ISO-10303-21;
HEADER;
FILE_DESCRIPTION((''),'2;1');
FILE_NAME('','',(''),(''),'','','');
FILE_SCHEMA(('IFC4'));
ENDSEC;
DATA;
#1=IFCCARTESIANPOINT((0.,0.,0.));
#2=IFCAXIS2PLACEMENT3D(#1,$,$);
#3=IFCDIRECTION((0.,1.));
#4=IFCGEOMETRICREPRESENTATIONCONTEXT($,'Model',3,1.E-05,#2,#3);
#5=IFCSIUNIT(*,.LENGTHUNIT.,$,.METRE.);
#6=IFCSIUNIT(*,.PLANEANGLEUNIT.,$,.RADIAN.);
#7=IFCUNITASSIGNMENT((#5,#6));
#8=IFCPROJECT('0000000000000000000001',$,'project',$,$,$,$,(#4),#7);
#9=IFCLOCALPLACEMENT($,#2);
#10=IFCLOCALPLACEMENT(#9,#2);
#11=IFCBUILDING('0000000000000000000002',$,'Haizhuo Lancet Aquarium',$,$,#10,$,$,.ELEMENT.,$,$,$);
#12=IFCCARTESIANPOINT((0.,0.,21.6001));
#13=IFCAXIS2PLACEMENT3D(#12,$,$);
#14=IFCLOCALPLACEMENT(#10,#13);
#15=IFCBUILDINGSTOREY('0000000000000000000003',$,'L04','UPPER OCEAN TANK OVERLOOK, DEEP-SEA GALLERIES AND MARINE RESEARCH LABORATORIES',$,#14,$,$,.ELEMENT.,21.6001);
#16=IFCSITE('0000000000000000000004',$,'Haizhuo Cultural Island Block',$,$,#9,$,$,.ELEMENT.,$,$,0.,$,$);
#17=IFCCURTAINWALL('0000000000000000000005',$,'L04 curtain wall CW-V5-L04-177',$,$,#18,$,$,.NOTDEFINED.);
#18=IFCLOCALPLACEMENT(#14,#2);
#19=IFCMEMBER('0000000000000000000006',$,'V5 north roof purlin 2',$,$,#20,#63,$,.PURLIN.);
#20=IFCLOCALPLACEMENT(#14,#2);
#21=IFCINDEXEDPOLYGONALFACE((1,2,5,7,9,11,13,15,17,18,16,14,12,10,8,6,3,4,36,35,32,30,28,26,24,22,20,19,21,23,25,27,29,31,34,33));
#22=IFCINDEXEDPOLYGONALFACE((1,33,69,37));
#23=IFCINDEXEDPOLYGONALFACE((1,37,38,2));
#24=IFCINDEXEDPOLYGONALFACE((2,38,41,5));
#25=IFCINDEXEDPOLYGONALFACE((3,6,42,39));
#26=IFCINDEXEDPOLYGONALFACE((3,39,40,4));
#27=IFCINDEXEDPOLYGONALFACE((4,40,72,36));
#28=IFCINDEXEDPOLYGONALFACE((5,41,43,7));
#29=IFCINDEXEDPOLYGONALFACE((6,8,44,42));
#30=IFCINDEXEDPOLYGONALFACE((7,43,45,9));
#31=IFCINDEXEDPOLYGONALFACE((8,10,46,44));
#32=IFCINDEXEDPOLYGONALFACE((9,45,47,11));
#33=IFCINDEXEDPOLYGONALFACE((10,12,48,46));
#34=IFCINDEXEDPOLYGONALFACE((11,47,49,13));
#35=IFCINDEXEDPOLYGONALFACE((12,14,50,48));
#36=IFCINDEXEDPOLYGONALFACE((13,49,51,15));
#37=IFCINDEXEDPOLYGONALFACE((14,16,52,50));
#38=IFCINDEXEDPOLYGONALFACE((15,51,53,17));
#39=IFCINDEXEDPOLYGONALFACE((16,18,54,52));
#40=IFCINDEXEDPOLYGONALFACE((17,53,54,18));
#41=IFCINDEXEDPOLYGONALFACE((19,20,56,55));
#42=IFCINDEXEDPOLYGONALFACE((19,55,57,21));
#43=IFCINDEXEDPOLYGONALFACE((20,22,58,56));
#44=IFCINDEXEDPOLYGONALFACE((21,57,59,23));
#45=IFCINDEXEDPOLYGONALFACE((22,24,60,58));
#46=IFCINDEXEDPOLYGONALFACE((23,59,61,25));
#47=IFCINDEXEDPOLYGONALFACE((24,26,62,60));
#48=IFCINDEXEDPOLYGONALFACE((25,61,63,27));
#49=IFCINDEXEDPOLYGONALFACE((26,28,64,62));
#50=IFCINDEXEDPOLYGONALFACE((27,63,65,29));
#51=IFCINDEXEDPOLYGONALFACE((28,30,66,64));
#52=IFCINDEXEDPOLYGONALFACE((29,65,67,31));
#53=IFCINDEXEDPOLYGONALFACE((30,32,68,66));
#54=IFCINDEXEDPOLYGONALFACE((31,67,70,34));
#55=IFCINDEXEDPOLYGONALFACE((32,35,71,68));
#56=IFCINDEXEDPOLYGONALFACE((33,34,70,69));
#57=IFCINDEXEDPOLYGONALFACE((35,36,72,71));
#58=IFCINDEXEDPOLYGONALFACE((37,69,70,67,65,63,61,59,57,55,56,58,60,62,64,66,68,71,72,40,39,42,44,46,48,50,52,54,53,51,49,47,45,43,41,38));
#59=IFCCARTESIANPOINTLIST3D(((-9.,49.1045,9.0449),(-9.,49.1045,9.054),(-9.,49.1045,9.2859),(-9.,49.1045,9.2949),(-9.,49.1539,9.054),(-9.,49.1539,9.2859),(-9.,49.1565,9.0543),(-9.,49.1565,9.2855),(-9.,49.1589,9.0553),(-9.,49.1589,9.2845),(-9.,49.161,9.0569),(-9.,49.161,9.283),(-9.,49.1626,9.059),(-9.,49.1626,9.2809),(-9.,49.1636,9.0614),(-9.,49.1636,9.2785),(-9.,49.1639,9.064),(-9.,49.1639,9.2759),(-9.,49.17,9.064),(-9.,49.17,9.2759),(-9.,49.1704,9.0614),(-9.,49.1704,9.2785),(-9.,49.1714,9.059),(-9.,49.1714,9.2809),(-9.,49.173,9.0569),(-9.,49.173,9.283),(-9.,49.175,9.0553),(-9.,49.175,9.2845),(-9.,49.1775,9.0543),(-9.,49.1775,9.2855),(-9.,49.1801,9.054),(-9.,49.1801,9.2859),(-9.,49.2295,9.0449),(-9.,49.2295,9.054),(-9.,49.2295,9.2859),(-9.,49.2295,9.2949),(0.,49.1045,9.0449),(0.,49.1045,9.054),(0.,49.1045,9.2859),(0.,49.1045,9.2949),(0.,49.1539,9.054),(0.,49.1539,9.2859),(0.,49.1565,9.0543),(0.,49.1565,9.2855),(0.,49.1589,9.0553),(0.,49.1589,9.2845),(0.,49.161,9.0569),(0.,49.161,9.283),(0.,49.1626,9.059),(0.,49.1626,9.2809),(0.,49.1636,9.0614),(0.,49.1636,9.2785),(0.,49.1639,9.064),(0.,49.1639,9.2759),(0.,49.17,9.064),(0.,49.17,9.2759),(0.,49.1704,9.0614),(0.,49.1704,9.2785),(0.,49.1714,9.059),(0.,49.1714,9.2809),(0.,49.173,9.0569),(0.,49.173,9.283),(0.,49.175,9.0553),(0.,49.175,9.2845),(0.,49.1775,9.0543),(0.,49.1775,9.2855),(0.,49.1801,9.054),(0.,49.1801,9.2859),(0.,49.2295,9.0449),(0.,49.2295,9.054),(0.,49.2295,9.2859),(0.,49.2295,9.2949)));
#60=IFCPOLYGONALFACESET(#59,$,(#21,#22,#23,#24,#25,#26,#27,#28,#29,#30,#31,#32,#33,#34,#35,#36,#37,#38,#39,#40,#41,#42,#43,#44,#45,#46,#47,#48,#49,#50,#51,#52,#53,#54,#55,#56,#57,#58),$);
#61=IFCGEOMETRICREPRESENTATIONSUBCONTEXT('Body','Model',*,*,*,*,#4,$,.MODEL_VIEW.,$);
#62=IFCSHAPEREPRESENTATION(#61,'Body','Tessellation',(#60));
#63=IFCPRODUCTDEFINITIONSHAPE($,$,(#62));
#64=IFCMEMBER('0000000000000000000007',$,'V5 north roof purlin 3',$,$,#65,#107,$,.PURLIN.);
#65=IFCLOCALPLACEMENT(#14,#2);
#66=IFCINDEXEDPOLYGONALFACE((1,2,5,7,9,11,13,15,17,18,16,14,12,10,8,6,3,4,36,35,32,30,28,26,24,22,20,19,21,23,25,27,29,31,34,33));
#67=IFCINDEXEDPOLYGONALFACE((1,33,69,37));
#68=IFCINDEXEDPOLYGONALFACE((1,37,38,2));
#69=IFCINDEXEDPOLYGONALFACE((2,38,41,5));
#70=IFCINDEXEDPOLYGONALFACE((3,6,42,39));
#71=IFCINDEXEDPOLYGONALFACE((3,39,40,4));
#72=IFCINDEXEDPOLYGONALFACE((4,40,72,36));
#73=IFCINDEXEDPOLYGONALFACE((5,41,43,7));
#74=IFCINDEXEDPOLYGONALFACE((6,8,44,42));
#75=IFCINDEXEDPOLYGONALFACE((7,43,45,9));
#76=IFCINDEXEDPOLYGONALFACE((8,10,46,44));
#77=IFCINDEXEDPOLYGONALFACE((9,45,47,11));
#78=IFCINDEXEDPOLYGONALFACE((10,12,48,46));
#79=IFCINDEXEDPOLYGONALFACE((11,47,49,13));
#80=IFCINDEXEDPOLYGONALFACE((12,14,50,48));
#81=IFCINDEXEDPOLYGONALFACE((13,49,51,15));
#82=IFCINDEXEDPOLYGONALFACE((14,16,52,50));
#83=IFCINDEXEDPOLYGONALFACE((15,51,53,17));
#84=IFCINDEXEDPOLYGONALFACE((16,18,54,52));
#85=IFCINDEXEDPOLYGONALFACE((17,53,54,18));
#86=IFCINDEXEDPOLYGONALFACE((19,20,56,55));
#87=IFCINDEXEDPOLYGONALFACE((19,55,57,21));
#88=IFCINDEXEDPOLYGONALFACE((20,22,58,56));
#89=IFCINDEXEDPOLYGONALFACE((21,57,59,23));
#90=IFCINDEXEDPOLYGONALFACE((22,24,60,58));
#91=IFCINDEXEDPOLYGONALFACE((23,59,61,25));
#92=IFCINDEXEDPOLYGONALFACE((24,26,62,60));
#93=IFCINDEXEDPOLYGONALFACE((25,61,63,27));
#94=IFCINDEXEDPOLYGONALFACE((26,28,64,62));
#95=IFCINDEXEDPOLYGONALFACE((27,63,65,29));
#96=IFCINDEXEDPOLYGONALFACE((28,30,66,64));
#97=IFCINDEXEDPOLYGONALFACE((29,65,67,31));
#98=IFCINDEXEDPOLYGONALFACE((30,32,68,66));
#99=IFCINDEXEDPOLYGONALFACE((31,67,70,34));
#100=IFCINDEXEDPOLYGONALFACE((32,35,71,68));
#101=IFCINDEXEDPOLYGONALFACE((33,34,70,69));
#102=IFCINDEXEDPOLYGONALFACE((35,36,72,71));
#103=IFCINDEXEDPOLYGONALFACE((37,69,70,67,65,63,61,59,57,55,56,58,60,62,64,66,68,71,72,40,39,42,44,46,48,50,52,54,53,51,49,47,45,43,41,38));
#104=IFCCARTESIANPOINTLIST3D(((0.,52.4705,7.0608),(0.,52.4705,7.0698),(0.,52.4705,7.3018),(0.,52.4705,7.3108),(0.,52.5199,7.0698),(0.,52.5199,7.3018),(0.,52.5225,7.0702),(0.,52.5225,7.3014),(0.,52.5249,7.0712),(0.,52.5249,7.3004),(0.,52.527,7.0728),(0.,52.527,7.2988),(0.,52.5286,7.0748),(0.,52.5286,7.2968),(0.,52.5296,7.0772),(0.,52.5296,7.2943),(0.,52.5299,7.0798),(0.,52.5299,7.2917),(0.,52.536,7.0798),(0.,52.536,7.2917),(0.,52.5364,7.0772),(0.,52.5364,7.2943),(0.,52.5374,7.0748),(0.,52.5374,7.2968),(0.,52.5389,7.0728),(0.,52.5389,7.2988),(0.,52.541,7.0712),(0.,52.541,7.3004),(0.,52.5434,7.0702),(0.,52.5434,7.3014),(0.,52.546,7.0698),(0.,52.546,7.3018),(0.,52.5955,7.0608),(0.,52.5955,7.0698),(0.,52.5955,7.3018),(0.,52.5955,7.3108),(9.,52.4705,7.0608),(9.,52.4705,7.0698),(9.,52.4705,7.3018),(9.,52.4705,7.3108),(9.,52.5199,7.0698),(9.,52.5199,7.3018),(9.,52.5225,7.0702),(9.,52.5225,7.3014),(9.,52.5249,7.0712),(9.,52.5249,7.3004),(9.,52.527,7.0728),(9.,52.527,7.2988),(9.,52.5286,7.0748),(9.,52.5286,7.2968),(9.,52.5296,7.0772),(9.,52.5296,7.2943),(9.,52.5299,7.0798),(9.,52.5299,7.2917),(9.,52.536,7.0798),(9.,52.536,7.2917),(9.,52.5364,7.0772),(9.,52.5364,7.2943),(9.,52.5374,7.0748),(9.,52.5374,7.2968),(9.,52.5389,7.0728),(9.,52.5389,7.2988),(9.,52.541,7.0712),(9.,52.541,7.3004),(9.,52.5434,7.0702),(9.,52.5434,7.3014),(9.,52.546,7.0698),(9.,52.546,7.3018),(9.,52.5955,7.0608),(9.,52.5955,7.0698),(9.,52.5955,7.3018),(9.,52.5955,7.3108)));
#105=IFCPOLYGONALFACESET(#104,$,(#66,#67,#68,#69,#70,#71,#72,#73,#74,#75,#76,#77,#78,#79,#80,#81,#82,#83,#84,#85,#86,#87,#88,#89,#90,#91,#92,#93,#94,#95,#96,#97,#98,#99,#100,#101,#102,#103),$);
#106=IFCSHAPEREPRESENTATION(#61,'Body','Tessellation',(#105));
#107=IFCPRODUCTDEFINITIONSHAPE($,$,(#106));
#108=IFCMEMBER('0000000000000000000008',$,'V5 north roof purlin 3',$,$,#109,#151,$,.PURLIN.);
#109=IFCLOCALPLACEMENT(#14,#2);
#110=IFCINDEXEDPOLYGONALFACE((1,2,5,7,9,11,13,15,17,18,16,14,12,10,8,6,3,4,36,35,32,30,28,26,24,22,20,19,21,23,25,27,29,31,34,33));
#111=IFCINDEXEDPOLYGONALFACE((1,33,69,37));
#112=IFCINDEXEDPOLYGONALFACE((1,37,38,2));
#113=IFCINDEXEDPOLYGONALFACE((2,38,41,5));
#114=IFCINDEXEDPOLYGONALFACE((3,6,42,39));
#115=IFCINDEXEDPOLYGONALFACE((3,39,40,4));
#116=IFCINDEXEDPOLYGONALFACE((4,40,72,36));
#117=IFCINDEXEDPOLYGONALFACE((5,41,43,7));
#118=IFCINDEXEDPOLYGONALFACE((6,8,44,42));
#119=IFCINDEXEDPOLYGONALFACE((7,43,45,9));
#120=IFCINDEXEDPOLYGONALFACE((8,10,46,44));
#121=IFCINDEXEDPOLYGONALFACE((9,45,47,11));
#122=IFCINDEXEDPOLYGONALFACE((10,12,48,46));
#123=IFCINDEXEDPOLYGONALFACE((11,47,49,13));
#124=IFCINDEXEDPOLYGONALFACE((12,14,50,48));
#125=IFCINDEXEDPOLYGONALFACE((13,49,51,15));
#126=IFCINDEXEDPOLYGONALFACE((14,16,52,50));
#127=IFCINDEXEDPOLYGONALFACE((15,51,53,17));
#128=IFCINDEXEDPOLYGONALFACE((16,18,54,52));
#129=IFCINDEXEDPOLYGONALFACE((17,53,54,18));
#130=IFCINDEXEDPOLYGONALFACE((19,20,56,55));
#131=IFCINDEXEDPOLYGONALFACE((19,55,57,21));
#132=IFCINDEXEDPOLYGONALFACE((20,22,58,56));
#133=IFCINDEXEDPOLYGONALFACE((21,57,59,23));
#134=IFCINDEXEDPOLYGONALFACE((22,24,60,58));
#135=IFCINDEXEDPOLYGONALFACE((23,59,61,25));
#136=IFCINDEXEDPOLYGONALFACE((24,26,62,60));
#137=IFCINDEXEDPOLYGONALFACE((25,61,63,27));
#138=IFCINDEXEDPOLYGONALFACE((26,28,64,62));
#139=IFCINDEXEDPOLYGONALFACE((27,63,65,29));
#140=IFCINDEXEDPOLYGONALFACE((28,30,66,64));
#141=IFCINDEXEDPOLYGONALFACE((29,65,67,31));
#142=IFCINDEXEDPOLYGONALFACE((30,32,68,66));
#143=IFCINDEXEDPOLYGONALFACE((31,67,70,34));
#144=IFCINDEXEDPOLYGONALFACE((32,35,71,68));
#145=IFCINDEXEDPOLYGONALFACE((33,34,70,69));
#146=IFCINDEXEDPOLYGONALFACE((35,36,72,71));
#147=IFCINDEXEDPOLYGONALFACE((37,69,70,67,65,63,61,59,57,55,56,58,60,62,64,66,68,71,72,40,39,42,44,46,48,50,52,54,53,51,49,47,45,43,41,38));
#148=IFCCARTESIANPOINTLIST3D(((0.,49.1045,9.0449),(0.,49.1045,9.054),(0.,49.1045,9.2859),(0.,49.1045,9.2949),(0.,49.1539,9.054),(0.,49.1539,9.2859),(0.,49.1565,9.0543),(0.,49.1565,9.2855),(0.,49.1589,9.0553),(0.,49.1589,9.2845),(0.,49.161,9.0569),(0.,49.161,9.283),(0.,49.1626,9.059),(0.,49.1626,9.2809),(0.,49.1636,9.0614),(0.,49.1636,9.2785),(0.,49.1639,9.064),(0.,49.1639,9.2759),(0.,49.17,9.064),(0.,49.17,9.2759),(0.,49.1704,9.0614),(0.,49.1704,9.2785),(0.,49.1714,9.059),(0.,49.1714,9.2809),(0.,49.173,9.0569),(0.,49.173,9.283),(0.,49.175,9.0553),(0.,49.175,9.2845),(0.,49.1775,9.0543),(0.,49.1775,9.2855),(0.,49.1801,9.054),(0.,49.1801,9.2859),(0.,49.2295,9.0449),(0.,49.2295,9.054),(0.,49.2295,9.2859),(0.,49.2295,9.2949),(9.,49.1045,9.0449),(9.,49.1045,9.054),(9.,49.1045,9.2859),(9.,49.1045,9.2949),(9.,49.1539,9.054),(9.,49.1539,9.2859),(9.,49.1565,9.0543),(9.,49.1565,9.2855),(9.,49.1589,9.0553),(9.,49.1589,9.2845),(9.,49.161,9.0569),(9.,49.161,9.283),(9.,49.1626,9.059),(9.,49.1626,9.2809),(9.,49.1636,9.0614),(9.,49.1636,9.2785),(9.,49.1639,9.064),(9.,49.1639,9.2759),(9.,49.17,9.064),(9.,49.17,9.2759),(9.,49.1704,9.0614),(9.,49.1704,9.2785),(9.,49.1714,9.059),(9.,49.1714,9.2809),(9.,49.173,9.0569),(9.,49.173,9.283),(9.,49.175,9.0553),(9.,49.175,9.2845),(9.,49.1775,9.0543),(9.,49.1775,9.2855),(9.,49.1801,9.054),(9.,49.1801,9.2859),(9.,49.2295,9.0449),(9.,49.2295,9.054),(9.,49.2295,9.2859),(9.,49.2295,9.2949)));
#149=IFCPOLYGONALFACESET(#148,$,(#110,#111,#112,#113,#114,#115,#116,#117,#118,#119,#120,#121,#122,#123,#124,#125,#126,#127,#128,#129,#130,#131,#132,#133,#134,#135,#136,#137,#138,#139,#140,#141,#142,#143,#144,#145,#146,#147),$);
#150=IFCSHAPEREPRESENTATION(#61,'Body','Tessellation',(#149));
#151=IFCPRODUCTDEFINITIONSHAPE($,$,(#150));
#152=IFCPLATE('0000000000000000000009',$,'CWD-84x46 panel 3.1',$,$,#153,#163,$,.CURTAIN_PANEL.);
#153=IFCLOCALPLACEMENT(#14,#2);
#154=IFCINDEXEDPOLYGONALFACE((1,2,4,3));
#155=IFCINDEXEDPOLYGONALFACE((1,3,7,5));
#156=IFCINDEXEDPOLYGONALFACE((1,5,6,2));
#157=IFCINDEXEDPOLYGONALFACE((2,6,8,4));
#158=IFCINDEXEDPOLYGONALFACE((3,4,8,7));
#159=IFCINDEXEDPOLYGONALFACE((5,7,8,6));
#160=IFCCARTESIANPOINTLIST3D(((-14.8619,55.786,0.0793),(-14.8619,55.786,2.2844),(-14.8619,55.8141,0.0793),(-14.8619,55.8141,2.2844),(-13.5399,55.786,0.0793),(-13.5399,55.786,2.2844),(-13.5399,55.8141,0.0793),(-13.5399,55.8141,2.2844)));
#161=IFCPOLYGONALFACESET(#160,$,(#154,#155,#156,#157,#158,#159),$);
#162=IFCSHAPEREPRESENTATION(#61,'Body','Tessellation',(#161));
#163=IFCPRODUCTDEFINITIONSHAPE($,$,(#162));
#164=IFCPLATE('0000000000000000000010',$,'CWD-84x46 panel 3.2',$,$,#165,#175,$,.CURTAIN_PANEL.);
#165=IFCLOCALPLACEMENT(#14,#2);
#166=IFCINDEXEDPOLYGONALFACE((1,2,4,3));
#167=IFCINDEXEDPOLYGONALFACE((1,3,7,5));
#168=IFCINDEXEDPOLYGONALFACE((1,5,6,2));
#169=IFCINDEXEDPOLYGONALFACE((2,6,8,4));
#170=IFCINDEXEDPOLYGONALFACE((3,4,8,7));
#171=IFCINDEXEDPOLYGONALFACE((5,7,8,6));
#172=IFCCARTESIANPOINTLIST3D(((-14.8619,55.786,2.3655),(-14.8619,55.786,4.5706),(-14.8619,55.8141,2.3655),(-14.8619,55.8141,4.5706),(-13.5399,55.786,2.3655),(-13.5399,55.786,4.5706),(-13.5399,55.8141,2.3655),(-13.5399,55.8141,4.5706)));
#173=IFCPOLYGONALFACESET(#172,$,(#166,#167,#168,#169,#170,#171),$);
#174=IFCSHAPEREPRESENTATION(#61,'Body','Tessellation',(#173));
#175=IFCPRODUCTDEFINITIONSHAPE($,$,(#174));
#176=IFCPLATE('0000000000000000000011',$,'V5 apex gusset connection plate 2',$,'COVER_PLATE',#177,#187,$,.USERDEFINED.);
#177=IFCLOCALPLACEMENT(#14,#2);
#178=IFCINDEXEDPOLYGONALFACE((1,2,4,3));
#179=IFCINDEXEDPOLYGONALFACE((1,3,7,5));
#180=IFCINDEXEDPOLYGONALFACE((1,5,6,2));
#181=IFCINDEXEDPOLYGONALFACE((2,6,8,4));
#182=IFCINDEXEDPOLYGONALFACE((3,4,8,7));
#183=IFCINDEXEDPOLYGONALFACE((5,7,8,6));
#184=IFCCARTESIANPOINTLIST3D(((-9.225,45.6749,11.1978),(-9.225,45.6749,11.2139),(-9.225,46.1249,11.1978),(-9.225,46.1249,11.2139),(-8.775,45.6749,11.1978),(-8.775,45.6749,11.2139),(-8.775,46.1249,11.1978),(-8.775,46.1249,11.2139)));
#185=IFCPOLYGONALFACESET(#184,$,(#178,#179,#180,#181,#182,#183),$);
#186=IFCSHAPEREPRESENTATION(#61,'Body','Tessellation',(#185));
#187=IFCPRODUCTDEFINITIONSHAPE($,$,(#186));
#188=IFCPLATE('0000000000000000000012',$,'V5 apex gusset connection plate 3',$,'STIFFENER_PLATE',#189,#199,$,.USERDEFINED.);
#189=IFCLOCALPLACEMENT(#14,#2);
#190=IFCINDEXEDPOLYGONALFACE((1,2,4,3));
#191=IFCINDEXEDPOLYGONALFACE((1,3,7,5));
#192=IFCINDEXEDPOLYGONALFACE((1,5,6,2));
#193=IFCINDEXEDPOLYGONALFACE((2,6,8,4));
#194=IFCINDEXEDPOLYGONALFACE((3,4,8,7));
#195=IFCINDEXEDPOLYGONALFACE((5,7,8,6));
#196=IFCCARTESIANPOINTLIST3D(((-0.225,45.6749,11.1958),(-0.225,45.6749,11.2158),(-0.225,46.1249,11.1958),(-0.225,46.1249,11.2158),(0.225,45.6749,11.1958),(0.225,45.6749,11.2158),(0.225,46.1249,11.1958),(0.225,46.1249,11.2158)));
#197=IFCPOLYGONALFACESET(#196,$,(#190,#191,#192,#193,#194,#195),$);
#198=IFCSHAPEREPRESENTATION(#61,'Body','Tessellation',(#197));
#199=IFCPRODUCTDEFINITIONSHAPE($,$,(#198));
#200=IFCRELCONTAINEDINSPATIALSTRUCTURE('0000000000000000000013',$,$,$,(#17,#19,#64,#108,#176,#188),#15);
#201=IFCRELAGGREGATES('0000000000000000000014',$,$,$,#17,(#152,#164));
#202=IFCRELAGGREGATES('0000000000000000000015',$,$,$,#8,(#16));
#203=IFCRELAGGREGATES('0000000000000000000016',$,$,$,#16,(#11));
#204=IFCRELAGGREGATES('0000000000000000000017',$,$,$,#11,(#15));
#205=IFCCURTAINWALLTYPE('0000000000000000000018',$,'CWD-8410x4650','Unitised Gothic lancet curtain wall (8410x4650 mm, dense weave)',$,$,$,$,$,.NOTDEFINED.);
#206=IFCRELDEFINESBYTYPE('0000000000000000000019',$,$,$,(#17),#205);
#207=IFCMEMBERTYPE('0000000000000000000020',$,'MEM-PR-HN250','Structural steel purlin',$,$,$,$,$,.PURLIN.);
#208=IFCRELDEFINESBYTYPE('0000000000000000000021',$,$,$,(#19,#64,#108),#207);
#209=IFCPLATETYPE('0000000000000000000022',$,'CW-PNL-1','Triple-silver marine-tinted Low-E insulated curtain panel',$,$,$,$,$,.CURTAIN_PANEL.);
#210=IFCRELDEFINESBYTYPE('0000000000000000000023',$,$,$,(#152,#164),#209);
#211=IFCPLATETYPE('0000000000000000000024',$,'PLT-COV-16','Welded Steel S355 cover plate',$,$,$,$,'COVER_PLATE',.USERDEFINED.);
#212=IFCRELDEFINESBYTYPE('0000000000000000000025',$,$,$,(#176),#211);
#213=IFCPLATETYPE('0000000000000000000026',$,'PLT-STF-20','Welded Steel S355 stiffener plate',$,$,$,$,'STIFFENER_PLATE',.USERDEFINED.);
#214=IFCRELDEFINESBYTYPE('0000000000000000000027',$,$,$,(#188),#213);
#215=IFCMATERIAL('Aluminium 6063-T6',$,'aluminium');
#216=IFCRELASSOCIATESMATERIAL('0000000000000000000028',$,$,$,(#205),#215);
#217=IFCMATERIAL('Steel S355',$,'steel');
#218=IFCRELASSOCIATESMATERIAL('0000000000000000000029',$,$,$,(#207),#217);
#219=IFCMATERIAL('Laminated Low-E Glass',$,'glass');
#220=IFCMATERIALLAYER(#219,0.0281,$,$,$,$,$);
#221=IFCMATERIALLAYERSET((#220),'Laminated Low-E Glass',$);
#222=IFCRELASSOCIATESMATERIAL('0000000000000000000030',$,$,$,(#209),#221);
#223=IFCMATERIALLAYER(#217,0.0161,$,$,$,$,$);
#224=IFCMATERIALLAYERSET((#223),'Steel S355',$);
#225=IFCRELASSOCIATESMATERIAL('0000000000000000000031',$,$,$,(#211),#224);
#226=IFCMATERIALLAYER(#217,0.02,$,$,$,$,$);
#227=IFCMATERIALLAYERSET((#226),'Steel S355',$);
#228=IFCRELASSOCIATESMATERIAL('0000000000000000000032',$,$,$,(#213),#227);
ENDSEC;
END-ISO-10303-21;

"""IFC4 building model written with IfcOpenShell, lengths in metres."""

from ifc_helpers import new_model, si_unit, direction, frame, origin, origin_2d, place, context, subcontext, project, spatial, rectangle, i_section, extrude, material, layer, layer_set, material_profile, profile_set, type_object, element, aggregate, save


model = new_model("IFC4")

# Units and contexts
model_context = context("Model", 3, precision=1e-05, world=origin(), true_north=direction((0.0, 1.0)))
body_context = subcontext(model_context, "Body", "Model", "MODEL_VIEW")
ifc_project = project(units=[si_unit("LENGTHUNIT", "METRE"), si_unit("PLANEANGLEUNIT", "RADIAN")], contexts=[model_context])

# Site, building, storey
site_placement = place(None, origin())
site = spatial("IfcSite", under=ifc_project, at=site_placement, Name="Haizhuo Cultural Island Block", CompositionType="ELEMENT", RefElevation=0.0)
building_placement = place(site_placement, origin())
building = spatial("IfcBuilding", under=site, at=building_placement, Name="Haizhuo Lancet Aquarium", CompositionType="ELEMENT")
storey_placement = place(building_placement, frame((0.0, 0.0, 21.6001)))
storey = spatial("IfcBuildingStorey", under=building, at=storey_placement, Name="L04", Description="UPPER OCEAN TANK OVERLOOK, DEEP-SEA GALLERIES AND MARINE RESEARCH LABORATORIES", CompositionType="ELEMENT", Elevation=21.6001)

# Curtain wall
ifc_material_1 = material(Name="Aluminium 6063-T6", Category="aluminium")
curtain_wall_type = type_object("IfcCurtainWallType", Name="CWD-8410x4650", Description="Unitised Gothic lancet curtain wall (8410x4650 mm, dense weave)", PredefinedType="NOTDEFINED", material=ifc_material_1)
curtain_wall_placement = place(storey_placement, origin())
curtain_wall = element("IfcCurtainWall", 1, at=curtain_wall_placement, inside=storey, type_object=curtain_wall_type, Name="L04 curtain wall CW-V5-L04-177", PredefinedType="NOTDEFINED")

# Members
ifc_material_2 = material(Name="Steel S355", Category="steel")
ifc_material_profile_1 = material_profile(ifc_material_2, i_section(OverallWidth=0.125, OverallDepth=0.25, WebThickness=0.0061, FlangeThickness=0.009, FilletRadius=0.01, at=origin_2d()), Name="HN 250x125x6x9")
ifc_profile_set_1 = profile_set([ifc_material_profile_1], Name="Steel S355")
member_type_1 = type_object("IfcMemberType", Name="MEM-PR-HN250", Description="Structural steel purlin", PredefinedType="PURLIN", material=ifc_profile_set_1)
for number, where, z_axis, x_axis, name in (
    (2, (-9.0, 49.167, 9.1699), (1.0, 0.0, 0.0), (0.0, 1.0, 0.0), "V5 north roof purlin 2"),
    (3, (0.0, 52.533, 7.1858), (1.0, 0.0, 0.0), (0.0, 1.0, 0.0), "V5 north roof purlin 3"),
    (4, (0.0, 49.167, 9.1699), (1.0, 0.0, 0.0), (0.0, 1.0, 0.0), "V5 north roof purlin 3"),
):
    element("IfcMember", number, at=place(storey_placement, frame(where, z_axis=z_axis, x_axis=x_axis)), inside=storey, type_object=member_type_1, Name=name, PredefinedType="PURLIN", context=body_context, shape_type="SweptSolid", body=[
        extrude(i_section(OverallWidth=0.125, OverallDepth=0.25, WebThickness=0.0061, FlangeThickness=0.009, FilletRadius=0.01, at=origin_2d()), origin(), (0.0, 0.0, 1.0), 9.0),
    ])

# Plates
ifc_material_3 = material(Name="Laminated Low-E Glass", Category="glass")
ifc_layer_1 = layer(ifc_material_3, 0.0281)
ifc_layer_set_1 = layer_set([ifc_layer_1], Name="Laminated Low-E Glass")
plate_type_1 = type_object("IfcPlateType", Name="CW-PNL-1", Description="Triple-silver marine-tinted Low-E insulated curtain panel", PredefinedType="CURTAIN_PANEL", material=ifc_layer_set_1)
plate_1_placement = place(storey_placement, frame((-14.2009, 55.8, 0.0793), z_axis=(0.0, 0.0, 1.0), x_axis=(1.0, 0.0, 0.0)))
plate_1 = element("IfcPlate", 5, at=plate_1_placement, type_object=plate_type_1, Name="CWD-84x46 panel 3.1", PredefinedType="CURTAIN_PANEL", context=body_context, shape_type="SweptSolid", body=[
    extrude(rectangle(XDim=1.322, YDim=0.0281, at=origin_2d()), origin(), (0.0, 0.0, 1.0), 2.2051),
])
plate_2_placement = place(storey_placement, frame((-14.2009, 55.8, 2.3655), z_axis=(0.0, 0.0, 1.0), x_axis=(1.0, 0.0, 0.0)))
plate_2 = element("IfcPlate", 6, at=plate_2_placement, type_object=plate_type_1, Name="CWD-84x46 panel 3.2", PredefinedType="CURTAIN_PANEL", context=body_context, shape_type="SweptSolid", body=[
    extrude(rectangle(XDim=1.322, YDim=0.0281, at=origin_2d()), origin(), (0.0, 0.0, 1.0), 2.2051),
])
aggregate(curtain_wall, [plate_1, plate_2])

# Plates
ifc_layer_2 = layer(ifc_material_2, 0.0161)
ifc_layer_set_2 = layer_set([ifc_layer_2], Name="Steel S355")
plate_type_2 = type_object("IfcPlateType", Name="PLT-COV-16", Description="Welded Steel S355 cover plate", ElementType="COVER_PLATE", PredefinedType="USERDEFINED", material=ifc_layer_set_2)
plate_3_placement = place(storey_placement, frame((-9.0, 45.8999, 11.1978), z_axis=(0.0, 0.0, 1.0), x_axis=(1.0, 0.0, 0.0)))
element("IfcPlate", 7, at=plate_3_placement, inside=storey, type_object=plate_type_2, Name="V5 apex gusset connection plate 2", ObjectType="COVER_PLATE", PredefinedType="USERDEFINED", context=body_context, shape_type="SweptSolid", body=[
    extrude(rectangle(XDim=0.45, YDim=0.45, at=origin_2d()), origin(), (0.0, 0.0, 1.0), 0.0161),
])
ifc_layer_3 = layer(ifc_material_2, 0.02)
ifc_layer_set_3 = layer_set([ifc_layer_3], Name="Steel S355")
plate_type_3 = type_object("IfcPlateType", Name="PLT-STF-20", Description="Welded Steel S355 stiffener plate", ElementType="STIFFENER_PLATE", PredefinedType="USERDEFINED", material=ifc_layer_set_3)
plate_4_placement = place(storey_placement, frame((0.0, 45.8999, 11.1958), z_axis=(0.0, 0.0, 1.0), x_axis=(1.0, 0.0, 0.0)))
element("IfcPlate", 8, at=plate_4_placement, inside=storey, type_object=plate_type_3, Name="V5 apex gusset connection plate 3", ObjectType="STIFFENER_PLATE", PredefinedType="USERDEFINED", context=body_context, shape_type="SweptSolid", body=[
    extrude(rectangle(XDim=0.45, YDim=0.45, at=origin_2d()), origin(), (0.0, 0.0, 1.0), 0.02),
])

save(model, "model.ifc")
